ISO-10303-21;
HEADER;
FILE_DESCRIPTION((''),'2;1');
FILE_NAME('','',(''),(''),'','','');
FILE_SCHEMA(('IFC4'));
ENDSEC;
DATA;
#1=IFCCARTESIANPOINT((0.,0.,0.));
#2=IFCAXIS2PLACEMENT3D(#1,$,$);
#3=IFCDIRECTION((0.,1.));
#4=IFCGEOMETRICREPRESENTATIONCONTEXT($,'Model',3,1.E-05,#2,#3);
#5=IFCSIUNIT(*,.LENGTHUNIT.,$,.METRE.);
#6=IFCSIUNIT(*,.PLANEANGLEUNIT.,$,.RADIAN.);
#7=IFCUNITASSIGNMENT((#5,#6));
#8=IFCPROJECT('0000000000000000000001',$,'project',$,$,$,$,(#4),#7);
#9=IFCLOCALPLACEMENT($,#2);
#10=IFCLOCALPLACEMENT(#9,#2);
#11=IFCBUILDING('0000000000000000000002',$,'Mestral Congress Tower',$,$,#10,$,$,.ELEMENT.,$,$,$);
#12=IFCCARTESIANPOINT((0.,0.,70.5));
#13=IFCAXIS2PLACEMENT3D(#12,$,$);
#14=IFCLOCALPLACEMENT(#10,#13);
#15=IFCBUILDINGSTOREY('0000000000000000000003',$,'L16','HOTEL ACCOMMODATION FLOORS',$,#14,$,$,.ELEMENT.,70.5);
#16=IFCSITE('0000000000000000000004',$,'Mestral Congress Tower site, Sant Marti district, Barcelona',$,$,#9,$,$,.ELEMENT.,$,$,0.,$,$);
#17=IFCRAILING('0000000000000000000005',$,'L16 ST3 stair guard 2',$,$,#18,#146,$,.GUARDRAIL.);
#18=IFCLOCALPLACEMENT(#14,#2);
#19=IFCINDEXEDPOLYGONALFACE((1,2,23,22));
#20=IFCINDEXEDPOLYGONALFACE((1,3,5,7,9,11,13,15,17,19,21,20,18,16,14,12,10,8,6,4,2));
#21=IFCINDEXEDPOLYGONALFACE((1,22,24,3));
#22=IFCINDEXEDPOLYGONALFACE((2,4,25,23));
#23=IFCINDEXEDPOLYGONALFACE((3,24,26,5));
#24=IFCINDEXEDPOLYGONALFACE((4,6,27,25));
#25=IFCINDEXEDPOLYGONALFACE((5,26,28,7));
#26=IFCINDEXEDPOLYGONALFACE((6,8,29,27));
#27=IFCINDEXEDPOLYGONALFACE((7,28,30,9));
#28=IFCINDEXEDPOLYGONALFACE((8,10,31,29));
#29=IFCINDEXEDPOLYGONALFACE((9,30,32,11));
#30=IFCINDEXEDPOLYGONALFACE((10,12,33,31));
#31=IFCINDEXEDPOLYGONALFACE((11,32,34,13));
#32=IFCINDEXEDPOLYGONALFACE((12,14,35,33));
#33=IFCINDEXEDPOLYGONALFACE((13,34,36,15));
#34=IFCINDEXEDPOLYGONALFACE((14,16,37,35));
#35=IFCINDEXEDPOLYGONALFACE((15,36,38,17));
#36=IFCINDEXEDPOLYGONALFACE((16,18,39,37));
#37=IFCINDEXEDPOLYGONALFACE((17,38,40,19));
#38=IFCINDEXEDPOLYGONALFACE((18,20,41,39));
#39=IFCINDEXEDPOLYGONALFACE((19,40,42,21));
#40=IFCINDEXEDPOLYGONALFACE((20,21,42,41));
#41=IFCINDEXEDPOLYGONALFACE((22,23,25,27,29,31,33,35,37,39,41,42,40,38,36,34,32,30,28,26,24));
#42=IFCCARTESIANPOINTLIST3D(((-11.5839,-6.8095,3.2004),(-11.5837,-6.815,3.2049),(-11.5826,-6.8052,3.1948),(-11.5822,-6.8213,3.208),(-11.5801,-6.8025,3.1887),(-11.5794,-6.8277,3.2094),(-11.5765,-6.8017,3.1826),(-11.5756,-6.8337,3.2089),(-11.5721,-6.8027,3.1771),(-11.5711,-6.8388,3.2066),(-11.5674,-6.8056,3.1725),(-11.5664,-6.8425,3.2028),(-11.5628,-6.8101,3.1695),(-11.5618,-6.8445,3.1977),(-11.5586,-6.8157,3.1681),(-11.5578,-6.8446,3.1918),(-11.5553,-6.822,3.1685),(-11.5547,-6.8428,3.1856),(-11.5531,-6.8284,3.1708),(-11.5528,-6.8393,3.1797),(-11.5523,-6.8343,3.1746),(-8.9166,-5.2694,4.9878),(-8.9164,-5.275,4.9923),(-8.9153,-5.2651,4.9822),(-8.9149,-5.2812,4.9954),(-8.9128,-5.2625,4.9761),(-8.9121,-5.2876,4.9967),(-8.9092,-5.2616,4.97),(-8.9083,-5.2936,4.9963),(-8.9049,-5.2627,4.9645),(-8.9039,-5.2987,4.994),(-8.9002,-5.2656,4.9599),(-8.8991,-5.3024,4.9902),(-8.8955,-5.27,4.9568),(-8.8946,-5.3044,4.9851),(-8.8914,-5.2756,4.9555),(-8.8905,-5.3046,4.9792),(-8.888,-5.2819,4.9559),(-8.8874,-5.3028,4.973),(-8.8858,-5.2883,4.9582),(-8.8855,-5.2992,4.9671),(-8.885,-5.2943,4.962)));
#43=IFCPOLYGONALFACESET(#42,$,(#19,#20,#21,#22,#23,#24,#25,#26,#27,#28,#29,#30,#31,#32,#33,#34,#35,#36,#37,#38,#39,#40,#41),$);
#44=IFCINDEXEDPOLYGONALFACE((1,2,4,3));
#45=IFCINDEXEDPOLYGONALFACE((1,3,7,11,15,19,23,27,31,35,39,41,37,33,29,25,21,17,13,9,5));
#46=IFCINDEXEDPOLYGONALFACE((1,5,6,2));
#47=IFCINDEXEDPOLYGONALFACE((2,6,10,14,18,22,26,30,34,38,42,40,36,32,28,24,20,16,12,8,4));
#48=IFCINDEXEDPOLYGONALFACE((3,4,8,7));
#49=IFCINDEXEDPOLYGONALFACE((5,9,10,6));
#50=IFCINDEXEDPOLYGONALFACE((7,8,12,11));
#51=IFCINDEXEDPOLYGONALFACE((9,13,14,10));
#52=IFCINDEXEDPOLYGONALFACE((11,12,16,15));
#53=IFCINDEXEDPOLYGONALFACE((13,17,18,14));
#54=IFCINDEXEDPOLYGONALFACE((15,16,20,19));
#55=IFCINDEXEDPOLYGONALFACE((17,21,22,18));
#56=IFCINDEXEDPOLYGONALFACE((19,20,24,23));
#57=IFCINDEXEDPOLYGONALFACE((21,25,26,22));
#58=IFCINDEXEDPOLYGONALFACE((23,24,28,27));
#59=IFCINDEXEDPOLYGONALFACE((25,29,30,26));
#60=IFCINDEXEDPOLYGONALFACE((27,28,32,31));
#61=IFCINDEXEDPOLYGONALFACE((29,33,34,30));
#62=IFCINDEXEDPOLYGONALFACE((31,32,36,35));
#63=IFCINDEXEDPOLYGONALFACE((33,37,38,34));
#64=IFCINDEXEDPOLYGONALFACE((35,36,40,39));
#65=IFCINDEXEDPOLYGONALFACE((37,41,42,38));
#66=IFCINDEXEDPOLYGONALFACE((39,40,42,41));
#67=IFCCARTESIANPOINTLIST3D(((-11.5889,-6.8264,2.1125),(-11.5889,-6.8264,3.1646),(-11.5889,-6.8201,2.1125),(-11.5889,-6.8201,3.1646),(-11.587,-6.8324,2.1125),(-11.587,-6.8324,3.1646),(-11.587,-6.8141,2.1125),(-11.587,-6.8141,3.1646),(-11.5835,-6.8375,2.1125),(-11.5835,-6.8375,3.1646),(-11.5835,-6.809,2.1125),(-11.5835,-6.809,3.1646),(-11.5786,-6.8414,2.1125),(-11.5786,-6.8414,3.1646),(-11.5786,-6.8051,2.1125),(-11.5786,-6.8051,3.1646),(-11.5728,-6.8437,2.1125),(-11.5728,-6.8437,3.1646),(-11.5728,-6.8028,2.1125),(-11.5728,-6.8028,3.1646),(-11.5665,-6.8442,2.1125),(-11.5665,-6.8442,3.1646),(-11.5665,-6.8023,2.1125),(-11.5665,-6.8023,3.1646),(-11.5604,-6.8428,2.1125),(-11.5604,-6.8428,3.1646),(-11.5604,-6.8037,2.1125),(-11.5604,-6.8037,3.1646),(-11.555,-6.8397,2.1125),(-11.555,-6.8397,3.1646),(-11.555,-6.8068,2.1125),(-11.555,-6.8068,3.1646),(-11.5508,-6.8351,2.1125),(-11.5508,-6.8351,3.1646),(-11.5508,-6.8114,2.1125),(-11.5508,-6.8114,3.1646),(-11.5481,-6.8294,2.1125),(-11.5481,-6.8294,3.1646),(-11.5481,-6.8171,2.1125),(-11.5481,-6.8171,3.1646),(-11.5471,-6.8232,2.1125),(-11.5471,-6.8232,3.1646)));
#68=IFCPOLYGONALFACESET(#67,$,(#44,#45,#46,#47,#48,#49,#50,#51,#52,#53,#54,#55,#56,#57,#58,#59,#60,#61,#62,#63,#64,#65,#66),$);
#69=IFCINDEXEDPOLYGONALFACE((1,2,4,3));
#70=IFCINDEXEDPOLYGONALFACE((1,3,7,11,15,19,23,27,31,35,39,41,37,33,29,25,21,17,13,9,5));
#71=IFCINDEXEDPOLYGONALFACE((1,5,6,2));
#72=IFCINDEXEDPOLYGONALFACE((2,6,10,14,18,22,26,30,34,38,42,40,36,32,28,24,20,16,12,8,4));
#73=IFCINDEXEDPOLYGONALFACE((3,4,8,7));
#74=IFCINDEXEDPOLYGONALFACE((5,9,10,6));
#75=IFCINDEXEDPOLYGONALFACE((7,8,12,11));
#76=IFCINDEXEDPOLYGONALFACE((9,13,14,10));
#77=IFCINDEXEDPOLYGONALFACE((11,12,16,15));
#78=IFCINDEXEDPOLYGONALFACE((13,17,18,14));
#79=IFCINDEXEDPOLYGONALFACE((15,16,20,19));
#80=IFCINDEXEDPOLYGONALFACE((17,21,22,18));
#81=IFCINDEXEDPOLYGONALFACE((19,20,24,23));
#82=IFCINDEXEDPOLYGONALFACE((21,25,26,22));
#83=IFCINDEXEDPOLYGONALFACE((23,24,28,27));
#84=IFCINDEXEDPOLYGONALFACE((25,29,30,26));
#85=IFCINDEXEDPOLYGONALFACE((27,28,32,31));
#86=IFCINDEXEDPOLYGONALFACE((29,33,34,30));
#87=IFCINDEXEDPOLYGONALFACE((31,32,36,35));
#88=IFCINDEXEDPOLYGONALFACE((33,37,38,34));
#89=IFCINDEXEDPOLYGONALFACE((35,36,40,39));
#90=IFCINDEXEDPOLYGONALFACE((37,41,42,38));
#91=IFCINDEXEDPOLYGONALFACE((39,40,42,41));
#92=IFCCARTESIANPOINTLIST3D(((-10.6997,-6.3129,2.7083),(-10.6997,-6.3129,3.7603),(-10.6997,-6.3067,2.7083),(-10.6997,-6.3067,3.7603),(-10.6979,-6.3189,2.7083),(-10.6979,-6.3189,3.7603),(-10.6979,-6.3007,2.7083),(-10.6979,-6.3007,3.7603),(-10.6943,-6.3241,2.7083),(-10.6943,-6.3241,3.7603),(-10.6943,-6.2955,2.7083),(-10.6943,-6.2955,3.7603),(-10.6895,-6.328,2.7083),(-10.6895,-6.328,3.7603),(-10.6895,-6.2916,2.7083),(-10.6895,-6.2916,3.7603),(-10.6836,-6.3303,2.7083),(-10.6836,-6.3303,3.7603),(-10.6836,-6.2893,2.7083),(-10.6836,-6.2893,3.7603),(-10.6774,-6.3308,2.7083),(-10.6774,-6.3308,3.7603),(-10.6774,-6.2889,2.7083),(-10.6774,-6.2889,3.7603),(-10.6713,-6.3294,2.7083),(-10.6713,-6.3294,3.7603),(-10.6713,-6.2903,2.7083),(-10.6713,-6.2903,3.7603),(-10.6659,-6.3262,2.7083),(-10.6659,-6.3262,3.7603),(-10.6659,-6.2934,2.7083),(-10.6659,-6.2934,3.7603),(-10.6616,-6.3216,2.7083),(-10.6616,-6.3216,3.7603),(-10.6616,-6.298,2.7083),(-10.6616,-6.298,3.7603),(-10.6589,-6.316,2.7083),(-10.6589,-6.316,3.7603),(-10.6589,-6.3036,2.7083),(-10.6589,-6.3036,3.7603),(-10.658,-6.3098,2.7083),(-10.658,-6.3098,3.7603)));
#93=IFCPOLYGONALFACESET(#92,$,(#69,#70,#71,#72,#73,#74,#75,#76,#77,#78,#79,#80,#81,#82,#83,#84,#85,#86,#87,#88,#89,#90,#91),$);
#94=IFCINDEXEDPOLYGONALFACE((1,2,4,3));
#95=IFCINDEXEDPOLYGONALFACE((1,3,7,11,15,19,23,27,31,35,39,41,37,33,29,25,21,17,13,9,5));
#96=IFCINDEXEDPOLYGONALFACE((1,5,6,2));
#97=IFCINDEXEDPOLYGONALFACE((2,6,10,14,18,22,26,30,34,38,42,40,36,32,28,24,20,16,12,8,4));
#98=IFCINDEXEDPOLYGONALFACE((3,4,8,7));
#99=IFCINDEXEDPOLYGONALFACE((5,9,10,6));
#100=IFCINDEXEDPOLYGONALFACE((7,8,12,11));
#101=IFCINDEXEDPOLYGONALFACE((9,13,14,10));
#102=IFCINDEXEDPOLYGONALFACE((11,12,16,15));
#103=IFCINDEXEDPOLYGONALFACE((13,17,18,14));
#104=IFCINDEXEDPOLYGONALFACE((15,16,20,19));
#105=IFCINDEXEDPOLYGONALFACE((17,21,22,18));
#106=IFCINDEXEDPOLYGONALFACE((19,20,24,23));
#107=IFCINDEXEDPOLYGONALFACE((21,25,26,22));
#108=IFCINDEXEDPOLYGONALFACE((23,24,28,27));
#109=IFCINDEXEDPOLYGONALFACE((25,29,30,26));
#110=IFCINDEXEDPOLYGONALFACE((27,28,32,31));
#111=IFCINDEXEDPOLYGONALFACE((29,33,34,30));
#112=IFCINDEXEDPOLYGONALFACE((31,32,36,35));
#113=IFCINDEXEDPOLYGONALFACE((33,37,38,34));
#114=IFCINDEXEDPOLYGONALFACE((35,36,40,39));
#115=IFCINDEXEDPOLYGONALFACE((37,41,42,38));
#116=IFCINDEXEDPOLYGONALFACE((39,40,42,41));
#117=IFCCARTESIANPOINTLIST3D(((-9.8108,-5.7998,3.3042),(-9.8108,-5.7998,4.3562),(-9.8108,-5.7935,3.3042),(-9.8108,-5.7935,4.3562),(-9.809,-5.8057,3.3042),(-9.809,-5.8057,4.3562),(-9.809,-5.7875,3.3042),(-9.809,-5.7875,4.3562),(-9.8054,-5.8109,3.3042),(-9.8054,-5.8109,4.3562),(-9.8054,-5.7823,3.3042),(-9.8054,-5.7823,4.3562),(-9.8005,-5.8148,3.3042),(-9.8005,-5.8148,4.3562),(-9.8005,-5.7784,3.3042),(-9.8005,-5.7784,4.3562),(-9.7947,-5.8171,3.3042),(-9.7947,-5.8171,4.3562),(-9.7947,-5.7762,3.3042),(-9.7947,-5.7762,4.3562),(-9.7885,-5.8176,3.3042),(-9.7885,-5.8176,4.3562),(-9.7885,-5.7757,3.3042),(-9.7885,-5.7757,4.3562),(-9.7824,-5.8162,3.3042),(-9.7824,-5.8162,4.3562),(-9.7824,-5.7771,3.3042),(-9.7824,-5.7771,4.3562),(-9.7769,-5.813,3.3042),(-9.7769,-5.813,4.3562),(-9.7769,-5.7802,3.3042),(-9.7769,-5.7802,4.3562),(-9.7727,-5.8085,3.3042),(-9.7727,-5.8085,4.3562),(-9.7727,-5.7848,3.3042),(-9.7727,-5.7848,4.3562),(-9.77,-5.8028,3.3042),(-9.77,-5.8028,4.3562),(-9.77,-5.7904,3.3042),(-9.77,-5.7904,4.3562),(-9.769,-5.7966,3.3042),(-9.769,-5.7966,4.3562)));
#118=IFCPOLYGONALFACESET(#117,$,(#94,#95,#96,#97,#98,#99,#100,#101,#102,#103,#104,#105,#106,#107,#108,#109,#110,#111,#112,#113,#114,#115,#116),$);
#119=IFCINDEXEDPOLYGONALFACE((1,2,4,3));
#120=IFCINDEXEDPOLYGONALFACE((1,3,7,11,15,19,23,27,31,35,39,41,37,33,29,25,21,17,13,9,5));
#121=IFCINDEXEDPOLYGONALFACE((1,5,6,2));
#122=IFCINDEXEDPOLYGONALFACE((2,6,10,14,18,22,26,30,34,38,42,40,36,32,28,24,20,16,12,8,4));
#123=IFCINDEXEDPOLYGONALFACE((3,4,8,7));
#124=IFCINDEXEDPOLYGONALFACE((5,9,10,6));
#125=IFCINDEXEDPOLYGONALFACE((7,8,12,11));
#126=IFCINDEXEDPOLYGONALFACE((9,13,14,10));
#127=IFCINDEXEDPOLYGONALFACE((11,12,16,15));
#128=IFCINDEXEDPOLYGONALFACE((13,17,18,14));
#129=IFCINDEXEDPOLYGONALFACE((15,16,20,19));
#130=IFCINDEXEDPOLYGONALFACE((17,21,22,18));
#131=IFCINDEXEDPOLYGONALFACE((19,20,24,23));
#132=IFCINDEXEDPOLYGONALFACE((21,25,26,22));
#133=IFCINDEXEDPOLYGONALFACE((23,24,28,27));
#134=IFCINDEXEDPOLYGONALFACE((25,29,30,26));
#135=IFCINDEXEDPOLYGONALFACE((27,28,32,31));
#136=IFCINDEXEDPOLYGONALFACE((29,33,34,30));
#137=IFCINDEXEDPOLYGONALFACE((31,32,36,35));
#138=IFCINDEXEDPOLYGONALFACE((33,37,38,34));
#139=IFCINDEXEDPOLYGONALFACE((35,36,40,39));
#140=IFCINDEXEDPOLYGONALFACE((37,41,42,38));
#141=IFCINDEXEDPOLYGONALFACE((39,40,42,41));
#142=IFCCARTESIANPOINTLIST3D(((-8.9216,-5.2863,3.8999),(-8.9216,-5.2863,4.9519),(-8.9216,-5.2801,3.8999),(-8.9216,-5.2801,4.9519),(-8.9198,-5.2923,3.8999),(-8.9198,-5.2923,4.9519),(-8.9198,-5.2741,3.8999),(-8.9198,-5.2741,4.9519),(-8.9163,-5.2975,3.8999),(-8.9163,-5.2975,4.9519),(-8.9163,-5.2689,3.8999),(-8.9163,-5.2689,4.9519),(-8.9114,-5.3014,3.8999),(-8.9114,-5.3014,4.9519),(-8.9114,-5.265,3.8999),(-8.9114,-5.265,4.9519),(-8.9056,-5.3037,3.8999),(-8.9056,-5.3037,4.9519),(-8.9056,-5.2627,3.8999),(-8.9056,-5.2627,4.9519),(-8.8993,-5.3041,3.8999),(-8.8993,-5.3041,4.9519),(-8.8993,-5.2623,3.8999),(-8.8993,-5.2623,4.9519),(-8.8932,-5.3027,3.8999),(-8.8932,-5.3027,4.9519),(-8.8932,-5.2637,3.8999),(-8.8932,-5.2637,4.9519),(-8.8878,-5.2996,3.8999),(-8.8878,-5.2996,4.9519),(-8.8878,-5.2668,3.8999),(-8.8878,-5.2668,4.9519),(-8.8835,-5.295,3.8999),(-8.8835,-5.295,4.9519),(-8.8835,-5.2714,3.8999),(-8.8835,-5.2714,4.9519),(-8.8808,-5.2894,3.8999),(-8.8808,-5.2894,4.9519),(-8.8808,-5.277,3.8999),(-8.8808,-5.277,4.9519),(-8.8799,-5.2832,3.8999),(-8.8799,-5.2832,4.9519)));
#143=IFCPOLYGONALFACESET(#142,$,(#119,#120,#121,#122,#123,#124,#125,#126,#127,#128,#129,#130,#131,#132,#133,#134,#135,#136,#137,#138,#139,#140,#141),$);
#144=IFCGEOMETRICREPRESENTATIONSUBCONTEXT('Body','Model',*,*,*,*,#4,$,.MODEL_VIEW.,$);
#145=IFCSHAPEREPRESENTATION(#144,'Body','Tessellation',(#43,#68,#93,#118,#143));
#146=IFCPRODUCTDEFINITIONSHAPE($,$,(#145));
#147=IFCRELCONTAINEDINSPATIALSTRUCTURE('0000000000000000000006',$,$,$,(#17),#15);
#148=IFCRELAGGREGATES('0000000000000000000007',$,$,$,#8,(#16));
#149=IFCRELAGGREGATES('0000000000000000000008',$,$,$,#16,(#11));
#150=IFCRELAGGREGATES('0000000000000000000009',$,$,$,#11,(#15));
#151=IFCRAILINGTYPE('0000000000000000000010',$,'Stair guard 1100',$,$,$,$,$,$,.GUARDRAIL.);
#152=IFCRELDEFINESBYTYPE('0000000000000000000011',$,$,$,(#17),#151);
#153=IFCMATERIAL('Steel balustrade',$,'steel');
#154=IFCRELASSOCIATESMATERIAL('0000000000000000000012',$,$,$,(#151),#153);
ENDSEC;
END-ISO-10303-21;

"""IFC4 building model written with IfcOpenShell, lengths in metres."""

from ifc_helpers import new_model, si_unit, direction, frame, origin, origin_2d, place, context, subcontext, project, spatial, circle, extrude, material, type_object, element, save


model = new_model("IFC4")

# Units and contexts
model_context = context("Model", 3, precision=1e-05, world=origin(), true_north=direction((0.0, 1.0)))
body_context = subcontext(model_context, "Body", "Model", "MODEL_VIEW")
ifc_project = project(units=[si_unit("LENGTHUNIT", "METRE"), si_unit("PLANEANGLEUNIT", "RADIAN")], contexts=[model_context])

# Site, building, storey
site_placement = place(None, origin())
site = spatial("IfcSite", under=ifc_project, at=site_placement, Name="Mestral Congress Tower site, Sant Marti district, Barcelona", CompositionType="ELEMENT", RefElevation=0.0)
building_placement = place(site_placement, origin())
building = spatial("IfcBuilding", under=site, at=building_placement, Name="Mestral Congress Tower", CompositionType="ELEMENT")
storey_placement = place(building_placement, frame((0.0, 0.0, 70.5)))
storey = spatial("IfcBuildingStorey", under=building, at=storey_placement, Name="L16", Description="HOTEL ACCOMMODATION FLOORS", CompositionType="ELEMENT", Elevation=70.5)

# Railing
ifc_material_1 = material(Name="Steel balustrade", Category="steel")
railing_type_1 = type_object("IfcRailingType", Name="Stair guard 1100", PredefinedType="GUARDRAIL", material=ifc_material_1)
railing_1_placement = place(storey_placement, frame((-11.5681, -6.8232, 2.1125)))
element("IfcRailing", 1, at=railing_1_placement, inside=storey, type_object=railing_type_1, Name="L16 ST3 stair guard 2", PredefinedType="GUARDRAIL", context=body_context, shape_type="SweptSolid", body=[
    extrude(circle(Radius=0.0239, at=origin_2d()), frame((0.0, 0.0, 1.0762), z_axis=(0.74902, 0.432477, 0.501929), x_axis=(-0.500027, 0.86601, 0.0)), (0.0, 0.0, 1.0), 3.561),
    extrude(circle(Radius=0.021, at=origin_2d()), origin(), (0.0, 0.0, 1.0), 1.052),
    extrude(circle(Radius=0.021, at=origin_2d()), frame((0.8892, 0.5134, 0.5957)), (0.0, 0.0, 1.0), 1.052),
    extrude(circle(Radius=0.021, at=origin_2d()), frame((1.7781, 1.0266, 1.1917)), (0.0, 0.0, 1.0), 1.052),
    extrude(circle(Radius=0.021, at=origin_2d()), frame((2.6672, 1.54, 1.7874)), (0.0, 0.0, 1.0), 1.052),
])

save(model, "model.ifc")
